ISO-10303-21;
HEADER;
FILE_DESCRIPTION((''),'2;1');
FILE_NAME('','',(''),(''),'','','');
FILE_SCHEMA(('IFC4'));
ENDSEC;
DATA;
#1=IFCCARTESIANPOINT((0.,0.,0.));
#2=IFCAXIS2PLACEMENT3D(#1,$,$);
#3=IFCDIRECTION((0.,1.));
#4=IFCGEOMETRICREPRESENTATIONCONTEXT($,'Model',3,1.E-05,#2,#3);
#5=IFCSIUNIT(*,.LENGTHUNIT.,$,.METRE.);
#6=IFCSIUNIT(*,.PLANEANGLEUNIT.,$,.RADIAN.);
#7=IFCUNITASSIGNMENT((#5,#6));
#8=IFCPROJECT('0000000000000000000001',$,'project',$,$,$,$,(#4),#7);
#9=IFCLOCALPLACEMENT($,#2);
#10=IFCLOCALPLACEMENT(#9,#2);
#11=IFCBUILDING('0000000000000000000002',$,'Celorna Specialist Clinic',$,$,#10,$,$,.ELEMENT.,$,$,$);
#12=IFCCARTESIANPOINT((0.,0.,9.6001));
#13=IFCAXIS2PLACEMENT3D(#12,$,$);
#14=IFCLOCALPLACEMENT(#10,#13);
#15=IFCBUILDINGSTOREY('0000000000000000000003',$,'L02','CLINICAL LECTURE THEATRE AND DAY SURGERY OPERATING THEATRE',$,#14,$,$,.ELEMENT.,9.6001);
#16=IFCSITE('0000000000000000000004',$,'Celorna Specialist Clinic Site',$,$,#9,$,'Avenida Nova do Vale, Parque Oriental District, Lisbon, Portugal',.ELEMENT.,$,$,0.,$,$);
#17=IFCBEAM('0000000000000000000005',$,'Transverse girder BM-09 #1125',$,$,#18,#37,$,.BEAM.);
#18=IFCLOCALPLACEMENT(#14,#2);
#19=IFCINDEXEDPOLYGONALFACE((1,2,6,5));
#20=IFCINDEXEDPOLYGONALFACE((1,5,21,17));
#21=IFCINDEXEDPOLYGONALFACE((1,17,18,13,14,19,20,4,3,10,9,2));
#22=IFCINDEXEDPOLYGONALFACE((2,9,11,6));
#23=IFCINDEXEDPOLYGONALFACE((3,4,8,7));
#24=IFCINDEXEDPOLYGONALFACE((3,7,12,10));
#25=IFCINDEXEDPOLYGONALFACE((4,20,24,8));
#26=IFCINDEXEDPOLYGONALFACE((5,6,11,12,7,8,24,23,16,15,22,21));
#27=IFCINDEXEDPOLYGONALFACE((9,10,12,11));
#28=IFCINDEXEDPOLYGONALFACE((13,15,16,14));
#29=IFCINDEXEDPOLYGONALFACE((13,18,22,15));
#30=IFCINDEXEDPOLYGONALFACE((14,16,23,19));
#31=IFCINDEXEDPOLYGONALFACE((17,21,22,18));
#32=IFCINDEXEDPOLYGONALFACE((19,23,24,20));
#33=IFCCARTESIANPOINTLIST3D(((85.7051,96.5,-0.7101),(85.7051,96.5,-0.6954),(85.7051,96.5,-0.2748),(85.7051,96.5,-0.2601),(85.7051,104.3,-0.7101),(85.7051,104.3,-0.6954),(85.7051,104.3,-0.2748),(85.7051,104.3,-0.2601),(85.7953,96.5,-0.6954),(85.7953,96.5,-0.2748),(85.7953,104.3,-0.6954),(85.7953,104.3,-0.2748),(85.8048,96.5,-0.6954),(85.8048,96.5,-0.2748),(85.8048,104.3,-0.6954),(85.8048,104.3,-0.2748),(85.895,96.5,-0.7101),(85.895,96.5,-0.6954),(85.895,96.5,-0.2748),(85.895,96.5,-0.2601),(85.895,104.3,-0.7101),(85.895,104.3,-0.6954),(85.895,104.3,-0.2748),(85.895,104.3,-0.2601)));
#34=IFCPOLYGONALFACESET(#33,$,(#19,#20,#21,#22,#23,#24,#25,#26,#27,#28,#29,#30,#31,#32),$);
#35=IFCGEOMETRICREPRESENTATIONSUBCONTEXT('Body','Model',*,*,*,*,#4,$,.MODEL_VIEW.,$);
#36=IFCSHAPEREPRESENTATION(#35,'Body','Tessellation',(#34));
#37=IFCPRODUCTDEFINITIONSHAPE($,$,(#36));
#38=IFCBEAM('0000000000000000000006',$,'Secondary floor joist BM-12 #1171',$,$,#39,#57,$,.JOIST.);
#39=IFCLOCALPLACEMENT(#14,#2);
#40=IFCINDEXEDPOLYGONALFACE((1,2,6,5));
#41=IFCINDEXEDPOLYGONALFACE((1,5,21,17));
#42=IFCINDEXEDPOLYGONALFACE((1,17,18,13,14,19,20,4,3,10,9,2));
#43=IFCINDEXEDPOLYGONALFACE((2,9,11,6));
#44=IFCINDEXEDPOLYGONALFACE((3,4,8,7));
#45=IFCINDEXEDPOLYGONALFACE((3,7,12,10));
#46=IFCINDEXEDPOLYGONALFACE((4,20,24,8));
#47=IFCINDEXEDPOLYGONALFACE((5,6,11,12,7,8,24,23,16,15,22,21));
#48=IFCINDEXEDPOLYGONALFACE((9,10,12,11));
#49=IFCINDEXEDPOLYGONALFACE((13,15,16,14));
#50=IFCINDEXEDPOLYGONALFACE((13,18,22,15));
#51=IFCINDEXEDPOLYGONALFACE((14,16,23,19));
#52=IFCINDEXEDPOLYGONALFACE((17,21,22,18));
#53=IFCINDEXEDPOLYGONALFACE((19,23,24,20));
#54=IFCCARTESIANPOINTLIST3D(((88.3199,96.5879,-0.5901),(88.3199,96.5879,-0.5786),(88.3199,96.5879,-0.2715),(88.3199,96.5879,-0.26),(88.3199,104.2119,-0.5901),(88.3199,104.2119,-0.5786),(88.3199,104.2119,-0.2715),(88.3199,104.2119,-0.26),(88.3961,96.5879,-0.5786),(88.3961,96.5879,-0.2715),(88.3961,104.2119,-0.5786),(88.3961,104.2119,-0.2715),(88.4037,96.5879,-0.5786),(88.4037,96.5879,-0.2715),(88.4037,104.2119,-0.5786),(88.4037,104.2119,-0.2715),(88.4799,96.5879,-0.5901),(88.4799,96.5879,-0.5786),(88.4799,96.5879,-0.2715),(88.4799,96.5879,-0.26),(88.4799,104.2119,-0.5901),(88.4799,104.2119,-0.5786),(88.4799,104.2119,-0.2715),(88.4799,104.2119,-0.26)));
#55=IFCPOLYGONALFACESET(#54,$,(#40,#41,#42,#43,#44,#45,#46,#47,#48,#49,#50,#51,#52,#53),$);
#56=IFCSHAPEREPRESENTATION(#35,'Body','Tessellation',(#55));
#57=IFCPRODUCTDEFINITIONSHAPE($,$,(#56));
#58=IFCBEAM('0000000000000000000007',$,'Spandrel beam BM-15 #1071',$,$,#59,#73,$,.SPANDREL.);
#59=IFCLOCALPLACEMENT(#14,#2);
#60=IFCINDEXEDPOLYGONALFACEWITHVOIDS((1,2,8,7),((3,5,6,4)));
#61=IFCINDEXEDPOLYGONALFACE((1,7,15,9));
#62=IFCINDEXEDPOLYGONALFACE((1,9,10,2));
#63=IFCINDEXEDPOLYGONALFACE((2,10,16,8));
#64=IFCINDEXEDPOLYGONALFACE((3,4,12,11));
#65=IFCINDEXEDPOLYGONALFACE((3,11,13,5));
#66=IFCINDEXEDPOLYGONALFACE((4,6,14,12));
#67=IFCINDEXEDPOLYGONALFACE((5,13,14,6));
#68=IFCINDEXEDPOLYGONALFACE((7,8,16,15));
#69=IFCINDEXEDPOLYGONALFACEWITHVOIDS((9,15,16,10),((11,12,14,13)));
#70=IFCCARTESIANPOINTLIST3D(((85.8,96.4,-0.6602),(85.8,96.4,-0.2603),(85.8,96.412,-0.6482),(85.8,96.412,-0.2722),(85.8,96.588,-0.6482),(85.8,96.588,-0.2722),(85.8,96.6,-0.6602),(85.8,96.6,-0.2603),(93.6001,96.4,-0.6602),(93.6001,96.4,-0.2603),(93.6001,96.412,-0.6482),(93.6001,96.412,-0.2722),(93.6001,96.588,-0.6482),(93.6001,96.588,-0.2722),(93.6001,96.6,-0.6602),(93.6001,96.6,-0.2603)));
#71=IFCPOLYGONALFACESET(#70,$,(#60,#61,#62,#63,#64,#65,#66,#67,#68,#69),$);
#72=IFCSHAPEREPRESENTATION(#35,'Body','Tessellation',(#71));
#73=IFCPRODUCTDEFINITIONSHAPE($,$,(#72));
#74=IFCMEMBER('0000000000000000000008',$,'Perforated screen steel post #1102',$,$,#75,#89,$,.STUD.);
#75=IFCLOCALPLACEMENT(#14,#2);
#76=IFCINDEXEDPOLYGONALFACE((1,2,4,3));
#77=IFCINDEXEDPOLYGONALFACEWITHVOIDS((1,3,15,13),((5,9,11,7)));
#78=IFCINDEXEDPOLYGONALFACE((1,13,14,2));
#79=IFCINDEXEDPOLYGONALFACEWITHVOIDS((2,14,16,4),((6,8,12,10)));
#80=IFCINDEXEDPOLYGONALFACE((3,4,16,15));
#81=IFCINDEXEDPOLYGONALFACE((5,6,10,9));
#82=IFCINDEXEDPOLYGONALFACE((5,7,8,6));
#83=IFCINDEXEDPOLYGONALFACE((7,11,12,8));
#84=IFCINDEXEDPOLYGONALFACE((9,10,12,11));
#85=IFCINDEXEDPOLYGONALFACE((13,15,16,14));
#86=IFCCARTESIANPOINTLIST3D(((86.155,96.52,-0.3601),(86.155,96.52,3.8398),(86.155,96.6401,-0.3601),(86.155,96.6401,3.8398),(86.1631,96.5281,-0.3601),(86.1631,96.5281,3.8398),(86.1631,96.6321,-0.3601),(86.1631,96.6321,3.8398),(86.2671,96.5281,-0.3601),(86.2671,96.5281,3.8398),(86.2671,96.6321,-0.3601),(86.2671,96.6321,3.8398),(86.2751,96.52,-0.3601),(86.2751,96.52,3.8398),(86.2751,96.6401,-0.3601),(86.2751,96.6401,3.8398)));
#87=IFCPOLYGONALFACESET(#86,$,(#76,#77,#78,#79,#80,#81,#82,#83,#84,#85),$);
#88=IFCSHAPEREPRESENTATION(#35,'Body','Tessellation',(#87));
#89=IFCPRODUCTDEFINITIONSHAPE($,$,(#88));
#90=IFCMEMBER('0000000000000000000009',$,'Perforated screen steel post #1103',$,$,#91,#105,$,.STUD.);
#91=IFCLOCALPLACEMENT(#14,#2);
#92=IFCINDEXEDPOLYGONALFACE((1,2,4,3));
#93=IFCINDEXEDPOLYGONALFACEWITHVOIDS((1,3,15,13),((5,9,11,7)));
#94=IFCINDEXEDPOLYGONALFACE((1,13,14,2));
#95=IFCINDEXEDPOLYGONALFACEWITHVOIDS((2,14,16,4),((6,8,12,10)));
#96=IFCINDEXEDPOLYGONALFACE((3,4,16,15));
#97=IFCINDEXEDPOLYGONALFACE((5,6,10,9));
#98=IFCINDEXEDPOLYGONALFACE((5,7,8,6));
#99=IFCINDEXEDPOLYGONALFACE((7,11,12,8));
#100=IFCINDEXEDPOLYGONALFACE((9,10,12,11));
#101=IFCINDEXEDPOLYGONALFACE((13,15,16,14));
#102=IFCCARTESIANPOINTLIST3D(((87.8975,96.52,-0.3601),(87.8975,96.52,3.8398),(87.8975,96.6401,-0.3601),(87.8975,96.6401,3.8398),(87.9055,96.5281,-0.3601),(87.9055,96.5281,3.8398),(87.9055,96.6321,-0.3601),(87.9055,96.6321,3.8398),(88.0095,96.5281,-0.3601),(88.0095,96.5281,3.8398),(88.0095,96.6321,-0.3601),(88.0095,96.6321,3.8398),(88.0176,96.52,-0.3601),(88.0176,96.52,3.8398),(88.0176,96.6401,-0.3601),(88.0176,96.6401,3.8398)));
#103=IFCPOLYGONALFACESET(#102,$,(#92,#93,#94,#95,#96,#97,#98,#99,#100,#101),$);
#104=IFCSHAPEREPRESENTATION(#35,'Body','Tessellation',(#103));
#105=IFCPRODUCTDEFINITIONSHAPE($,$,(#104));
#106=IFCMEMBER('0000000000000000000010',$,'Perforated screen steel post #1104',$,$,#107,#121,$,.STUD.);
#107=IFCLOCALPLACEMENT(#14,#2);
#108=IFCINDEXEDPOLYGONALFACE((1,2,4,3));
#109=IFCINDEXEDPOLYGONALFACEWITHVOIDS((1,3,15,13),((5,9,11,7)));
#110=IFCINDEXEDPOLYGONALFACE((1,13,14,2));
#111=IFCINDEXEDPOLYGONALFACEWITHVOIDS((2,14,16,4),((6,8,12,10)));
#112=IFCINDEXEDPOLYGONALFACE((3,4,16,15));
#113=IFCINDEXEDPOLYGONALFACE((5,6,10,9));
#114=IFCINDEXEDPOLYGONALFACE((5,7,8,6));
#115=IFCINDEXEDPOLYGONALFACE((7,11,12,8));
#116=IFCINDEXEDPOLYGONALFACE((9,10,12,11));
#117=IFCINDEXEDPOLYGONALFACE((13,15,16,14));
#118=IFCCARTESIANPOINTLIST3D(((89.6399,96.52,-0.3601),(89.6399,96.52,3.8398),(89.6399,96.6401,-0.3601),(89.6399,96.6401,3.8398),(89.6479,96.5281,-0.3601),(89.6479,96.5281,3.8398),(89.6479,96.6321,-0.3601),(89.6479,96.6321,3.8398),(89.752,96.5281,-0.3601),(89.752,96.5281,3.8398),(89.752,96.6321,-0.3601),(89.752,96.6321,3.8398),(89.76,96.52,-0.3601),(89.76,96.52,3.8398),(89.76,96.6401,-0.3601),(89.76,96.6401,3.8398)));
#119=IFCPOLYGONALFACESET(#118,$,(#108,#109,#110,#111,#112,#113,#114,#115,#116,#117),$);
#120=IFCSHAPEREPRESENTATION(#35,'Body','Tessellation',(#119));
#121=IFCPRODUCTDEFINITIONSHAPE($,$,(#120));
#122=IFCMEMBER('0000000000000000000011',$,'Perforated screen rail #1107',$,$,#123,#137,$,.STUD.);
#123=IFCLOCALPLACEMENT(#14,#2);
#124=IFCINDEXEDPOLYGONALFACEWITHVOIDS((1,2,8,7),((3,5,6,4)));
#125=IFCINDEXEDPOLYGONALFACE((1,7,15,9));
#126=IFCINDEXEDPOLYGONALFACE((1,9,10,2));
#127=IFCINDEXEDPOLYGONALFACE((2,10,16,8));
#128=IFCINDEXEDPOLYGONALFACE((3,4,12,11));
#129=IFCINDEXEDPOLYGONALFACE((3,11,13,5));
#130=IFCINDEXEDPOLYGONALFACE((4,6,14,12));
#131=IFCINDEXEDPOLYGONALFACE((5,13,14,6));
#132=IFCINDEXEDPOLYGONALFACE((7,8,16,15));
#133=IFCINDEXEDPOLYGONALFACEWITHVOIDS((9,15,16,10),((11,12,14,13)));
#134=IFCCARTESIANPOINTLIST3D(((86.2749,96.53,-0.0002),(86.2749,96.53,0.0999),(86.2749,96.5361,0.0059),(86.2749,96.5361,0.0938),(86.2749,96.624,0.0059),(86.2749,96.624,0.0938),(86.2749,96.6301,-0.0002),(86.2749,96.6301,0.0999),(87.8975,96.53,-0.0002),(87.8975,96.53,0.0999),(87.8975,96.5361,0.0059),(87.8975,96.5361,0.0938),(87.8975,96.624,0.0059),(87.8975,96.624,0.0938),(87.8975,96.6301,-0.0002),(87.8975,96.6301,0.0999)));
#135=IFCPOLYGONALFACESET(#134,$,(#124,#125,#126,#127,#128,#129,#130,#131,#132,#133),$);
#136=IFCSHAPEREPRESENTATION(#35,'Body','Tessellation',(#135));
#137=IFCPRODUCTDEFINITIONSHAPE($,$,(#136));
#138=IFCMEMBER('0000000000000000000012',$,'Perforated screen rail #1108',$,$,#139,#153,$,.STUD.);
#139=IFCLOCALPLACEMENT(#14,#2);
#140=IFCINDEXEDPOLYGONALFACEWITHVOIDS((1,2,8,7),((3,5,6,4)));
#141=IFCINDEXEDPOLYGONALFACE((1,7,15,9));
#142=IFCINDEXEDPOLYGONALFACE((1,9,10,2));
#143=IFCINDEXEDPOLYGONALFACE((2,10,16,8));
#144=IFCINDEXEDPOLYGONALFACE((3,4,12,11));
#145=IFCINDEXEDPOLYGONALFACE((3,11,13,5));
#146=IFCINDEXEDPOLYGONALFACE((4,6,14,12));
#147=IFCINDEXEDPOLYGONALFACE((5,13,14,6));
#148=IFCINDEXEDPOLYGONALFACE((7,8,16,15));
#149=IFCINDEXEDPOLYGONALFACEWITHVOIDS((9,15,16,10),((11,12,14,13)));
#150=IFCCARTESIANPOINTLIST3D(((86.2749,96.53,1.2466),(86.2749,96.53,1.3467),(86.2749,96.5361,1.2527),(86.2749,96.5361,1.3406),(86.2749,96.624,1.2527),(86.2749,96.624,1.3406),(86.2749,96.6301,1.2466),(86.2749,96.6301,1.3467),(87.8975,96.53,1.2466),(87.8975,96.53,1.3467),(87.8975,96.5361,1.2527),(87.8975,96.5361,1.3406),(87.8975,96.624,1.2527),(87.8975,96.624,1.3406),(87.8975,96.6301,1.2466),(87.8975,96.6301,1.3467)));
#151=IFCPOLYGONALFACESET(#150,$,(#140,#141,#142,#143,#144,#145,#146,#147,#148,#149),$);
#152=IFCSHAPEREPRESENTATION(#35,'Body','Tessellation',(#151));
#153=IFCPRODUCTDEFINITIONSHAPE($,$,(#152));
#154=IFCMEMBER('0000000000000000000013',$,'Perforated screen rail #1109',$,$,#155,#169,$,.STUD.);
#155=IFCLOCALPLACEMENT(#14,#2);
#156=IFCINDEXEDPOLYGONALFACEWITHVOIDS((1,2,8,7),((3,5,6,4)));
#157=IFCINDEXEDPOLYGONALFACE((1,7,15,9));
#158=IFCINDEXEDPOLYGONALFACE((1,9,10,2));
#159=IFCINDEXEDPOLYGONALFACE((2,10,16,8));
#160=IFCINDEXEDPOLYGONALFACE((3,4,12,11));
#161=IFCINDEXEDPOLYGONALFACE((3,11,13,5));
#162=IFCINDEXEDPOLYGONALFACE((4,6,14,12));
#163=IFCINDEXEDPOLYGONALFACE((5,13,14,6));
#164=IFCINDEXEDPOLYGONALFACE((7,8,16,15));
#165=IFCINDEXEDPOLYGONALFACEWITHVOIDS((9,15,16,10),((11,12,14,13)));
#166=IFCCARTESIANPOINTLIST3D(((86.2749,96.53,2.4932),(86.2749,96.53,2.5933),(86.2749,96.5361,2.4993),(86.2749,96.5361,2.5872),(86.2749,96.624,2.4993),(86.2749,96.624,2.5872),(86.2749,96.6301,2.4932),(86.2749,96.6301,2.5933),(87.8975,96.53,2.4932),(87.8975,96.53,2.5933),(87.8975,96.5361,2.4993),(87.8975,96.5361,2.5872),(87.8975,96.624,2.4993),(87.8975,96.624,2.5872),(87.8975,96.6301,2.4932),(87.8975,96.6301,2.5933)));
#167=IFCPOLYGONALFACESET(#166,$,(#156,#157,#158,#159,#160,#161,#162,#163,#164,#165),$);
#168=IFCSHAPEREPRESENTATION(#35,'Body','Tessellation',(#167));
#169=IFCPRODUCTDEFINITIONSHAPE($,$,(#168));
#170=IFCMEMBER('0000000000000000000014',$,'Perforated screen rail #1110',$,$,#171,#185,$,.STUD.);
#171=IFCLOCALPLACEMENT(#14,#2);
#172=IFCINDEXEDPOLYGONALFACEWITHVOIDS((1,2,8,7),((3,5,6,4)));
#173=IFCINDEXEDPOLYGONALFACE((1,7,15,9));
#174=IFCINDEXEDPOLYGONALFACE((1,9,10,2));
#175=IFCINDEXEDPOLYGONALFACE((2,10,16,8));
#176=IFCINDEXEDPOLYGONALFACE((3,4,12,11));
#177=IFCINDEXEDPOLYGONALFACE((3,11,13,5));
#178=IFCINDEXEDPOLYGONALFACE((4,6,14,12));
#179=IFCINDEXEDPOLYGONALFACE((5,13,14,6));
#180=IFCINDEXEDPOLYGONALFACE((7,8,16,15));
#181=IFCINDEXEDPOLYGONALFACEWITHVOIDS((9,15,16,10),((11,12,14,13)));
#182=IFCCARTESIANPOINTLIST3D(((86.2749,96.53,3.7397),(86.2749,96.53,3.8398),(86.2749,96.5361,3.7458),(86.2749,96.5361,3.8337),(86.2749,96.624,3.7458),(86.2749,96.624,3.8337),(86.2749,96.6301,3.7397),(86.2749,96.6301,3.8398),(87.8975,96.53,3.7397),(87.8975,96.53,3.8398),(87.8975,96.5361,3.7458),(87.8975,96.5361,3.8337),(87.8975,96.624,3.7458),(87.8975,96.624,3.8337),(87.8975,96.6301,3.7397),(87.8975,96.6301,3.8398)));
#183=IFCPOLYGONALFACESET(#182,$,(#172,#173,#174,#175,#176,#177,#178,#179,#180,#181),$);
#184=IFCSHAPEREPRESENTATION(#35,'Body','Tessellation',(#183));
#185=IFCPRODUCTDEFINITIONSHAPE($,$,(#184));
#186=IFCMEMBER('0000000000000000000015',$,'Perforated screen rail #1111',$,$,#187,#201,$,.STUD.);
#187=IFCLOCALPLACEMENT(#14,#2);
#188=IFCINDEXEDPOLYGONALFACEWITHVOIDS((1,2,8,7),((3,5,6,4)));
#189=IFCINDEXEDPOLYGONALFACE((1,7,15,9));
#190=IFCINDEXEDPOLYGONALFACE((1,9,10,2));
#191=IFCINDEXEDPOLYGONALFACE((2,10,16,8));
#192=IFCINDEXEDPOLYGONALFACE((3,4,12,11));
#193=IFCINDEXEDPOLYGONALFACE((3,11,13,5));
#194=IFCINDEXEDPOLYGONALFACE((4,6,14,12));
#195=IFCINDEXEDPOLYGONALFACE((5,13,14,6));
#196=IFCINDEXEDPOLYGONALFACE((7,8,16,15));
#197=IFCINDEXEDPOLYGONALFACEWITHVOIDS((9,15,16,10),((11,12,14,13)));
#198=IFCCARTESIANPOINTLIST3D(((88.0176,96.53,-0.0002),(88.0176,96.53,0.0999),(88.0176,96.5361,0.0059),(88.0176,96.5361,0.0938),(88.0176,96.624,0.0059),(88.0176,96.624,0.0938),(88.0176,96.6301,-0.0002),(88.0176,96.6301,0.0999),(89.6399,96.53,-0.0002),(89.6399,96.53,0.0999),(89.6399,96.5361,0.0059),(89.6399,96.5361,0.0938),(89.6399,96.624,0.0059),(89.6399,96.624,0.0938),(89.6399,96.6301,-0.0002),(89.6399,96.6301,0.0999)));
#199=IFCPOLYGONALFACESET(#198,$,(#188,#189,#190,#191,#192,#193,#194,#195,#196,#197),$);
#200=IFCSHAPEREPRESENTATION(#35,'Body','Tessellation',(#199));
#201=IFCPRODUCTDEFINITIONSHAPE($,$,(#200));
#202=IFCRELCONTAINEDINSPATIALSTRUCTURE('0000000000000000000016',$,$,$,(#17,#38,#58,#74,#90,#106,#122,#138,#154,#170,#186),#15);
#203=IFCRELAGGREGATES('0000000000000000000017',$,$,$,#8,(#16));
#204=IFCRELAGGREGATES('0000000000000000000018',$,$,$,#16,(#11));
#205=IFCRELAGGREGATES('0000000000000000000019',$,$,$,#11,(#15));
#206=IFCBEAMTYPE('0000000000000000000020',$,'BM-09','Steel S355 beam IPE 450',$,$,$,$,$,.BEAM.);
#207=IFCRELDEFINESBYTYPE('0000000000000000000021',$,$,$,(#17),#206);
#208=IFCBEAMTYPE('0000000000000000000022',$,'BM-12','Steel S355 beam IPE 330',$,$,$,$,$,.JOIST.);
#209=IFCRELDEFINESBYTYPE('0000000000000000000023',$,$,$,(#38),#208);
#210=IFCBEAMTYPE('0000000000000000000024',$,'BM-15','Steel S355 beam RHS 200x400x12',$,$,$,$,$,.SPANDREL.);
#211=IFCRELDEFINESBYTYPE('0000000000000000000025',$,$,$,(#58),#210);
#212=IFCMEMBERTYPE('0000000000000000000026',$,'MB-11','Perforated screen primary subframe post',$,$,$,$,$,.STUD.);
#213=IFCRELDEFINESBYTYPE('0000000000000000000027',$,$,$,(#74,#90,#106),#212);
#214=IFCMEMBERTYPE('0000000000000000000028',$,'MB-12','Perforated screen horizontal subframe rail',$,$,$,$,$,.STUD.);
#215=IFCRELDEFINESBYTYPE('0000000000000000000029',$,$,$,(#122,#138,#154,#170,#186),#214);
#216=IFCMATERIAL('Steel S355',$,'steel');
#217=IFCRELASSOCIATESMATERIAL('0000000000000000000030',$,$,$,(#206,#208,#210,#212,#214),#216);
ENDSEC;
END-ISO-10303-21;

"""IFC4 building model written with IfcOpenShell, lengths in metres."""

from ifc_helpers import new_model, si_unit, direction, frame, origin, origin_2d, place, context, subcontext, project, spatial, hollow_rectangle, i_section, extrude, material, material_profile, profile_set, type_object, element, save


model = new_model("IFC4")

# Units and contexts
model_context = context("Model", 3, precision=1e-05, world=origin(), true_north=direction((0.0, 1.0)))
body_context = subcontext(model_context, "Body", "Model", "MODEL_VIEW")
ifc_project = project(units=[si_unit("LENGTHUNIT", "METRE"), si_unit("PLANEANGLEUNIT", "RADIAN")], contexts=[model_context])

# Site, building, storey
site_placement = place(None, origin())
site = spatial("IfcSite", under=ifc_project, at=site_placement, Name="Celorna Specialist Clinic Site", LongName="Avenida Nova do Vale, Parque Oriental District, Lisbon, Portugal", CompositionType="ELEMENT", RefElevation=0.0)
building_placement = place(site_placement, origin())
building = spatial("IfcBuilding", under=site, at=building_placement, Name="Celorna Specialist Clinic", CompositionType="ELEMENT")
storey_placement = place(building_placement, frame((0.0, 0.0, 9.6001)))
storey = spatial("IfcBuildingStorey", under=building, at=storey_placement, Name="L02", Description="CLINICAL LECTURE THEATRE AND DAY SURGERY OPERATING THEATRE", CompositionType="ELEMENT", Elevation=9.6001)

# Beams
ifc_material_1 = material(Name="Steel S355", Category="steel")
ifc_material_profile_1 = material_profile(ifc_material_1, i_section(OverallWidth=0.1899, OverallDepth=0.45, WebThickness=0.0095, FlangeThickness=0.0146, at=origin_2d()), Name="IPE 450")
ifc_profile_set_1 = profile_set([ifc_material_profile_1], Name="Steel S355")
beam_type_1 = type_object("IfcBeamType", Name="BM-09", Description="Steel S355 beam IPE 450", PredefinedType="BEAM", material=ifc_profile_set_1)
beam_1_placement = place(storey_placement, frame((85.8, 96.5, -0.4851), z_axis=(0.0, 1.0, 0.0), x_axis=(-1.0, 0.0, 0.0)))
element("IfcBeam", 1, at=beam_1_placement, inside=storey, type_object=beam_type_1, Name="Transverse girder BM-09 #1125", PredefinedType="BEAM", context=body_context, shape_type="SweptSolid", body=[
    extrude(i_section(OverallWidth=0.1899, OverallDepth=0.45, WebThickness=0.0095, FlangeThickness=0.0146, at=origin_2d()), origin(), (0.0, 0.0, 1.0), 7.8),
])
ifc_material_profile_2 = material_profile(ifc_material_1, i_section(OverallWidth=0.1599, OverallDepth=0.3301, WebThickness=0.0076, FlangeThickness=0.0115, at=origin_2d()), Name="IPE 330")
ifc_profile_set_2 = profile_set([ifc_material_profile_2], Name="Steel S355")
beam_type_2 = type_object("IfcBeamType", Name="BM-12", Description="Steel S355 beam IPE 330", PredefinedType="JOIST", material=ifc_profile_set_2)
beam_2_placement = place(storey_placement, frame((88.3999, 96.5879, -0.425), z_axis=(0.0, 1.0, 0.0), x_axis=(-1.0, 0.0, 0.0)))
element("IfcBeam", 2, at=beam_2_placement, inside=storey, type_object=beam_type_2, Name="Secondary floor joist BM-12 #1171", PredefinedType="JOIST", context=body_context, shape_type="SweptSolid", body=[
    extrude(i_section(OverallWidth=0.1599, OverallDepth=0.3301, WebThickness=0.0076, FlangeThickness=0.0115, at=origin_2d()), origin(), (0.0, 0.0, 1.0), 7.624),
])
ifc_material_profile_3 = material_profile(ifc_material_1, hollow_rectangle(XDim=0.2, YDim=0.3999, WallThickness=0.012, at=origin_2d()), Name="RHS 200x400x12")
ifc_profile_set_3 = profile_set([ifc_material_profile_3], Name="Steel S355")
beam_type_3 = type_object("IfcBeamType", Name="BM-15", Description="Steel S355 beam RHS 200x400x12", PredefinedType="SPANDREL", material=ifc_profile_set_3)
beam_3_placement = place(storey_placement, frame((85.8, 96.5, -0.4602), z_axis=(1.0, 0.0, 0.0), x_axis=(0.0, 1.0, 0.0)))
element("IfcBeam", 3, at=beam_3_placement, inside=storey, type_object=beam_type_3, Name="Spandrel beam BM-15 #1071", PredefinedType="SPANDREL", context=body_context, shape_type="SweptSolid", body=[
    extrude(hollow_rectangle(XDim=0.2, YDim=0.3999, WallThickness=0.012, at=origin_2d()), origin(), (0.0, 0.0, 1.0), 7.8),
])

# Members
ifc_material_profile_4 = material_profile(ifc_material_1, hollow_rectangle(XDim=0.1201, YDim=0.1201, WallThickness=0.0081, at=origin_2d()), Name="SHS 120x120x8")
ifc_profile_set_4 = profile_set([ifc_material_profile_4], Name="Steel S355")
member_type_1 = type_object("IfcMemberType", Name="MB-11", Description="Perforated screen primary subframe post", PredefinedType="STUD", material=ifc_profile_set_4)
for number, where, z_axis, x_axis, name in (
    (4, (86.2151, 96.5801, -0.3601), (0.0, 0.0, 1.0), (1.0, 0.0, 0.0), "Perforated screen steel post #1102"),
    (5, (87.9575, 96.5801, -0.3601), (0.0, 0.0, 1.0), (1.0, 0.0, 0.0), "Perforated screen steel post #1103"),
    (6, (89.7, 96.5801, -0.3601), (0.0, 0.0, 1.0), (1.0, 0.0, 0.0), "Perforated screen steel post #1104"),
):
    element("IfcMember", number, at=place(storey_placement, frame(where, z_axis=z_axis, x_axis=x_axis)), inside=storey, type_object=member_type_1, Name=name, PredefinedType="STUD", context=body_context, shape_type="SweptSolid", body=[
        extrude(hollow_rectangle(XDim=0.1201, YDim=0.1201, WallThickness=0.0081, at=origin_2d()), origin(), (0.0, 0.0, 1.0), 4.2),
    ])
ifc_material_profile_5 = material_profile(ifc_material_1, hollow_rectangle(XDim=0.1001, YDim=0.1001, WallThickness=0.0061, at=origin_2d()), Name="SHS 100x100x6")
ifc_profile_set_5 = profile_set([ifc_material_profile_5], Name="Steel S355")
member_type_2 = type_object("IfcMemberType", Name="MB-12", Description="Perforated screen horizontal subframe rail", PredefinedType="STUD", material=ifc_profile_set_5)
for number, where, z_axis, x_axis, name in (
    (7, (86.2749, 96.5801, 0.0498), (1.0, 0.0, 0.0), (0.0, 1.0, 0.0), "Perforated screen rail #1107"),
    (8, (86.2749, 96.5801, 1.2966), (1.0, 0.0, 0.0), (0.0, 1.0, 0.0), "Perforated screen rail #1108"),
    (9, (86.2749, 96.5801, 2.5432), (1.0, 0.0, 0.0), (0.0, 1.0, 0.0), "Perforated screen rail #1109"),
    (10, (86.2749, 96.5801, 3.7898), (1.0, 0.0, 0.0), (0.0, 1.0, 0.0), "Perforated screen rail #1110"),
):
    element("IfcMember", number, at=place(storey_placement, frame(where, z_axis=z_axis, x_axis=x_axis)), inside=storey, type_object=member_type_2, Name=name, PredefinedType="STUD", context=body_context, shape_type="SweptSolid", body=[
        extrude(hollow_rectangle(XDim=0.1001, YDim=0.1001, WallThickness=0.0061, at=origin_2d()), origin(), (0.0, 0.0, 1.0), 1.6226),
    ])
for number, where, z_axis, x_axis, name in (
    (11, (88.0176, 96.5801, 0.0498), (1.0, 0.0, 0.0), (0.0, 1.0, 0.0), "Perforated screen rail #1111"),
):
    element("IfcMember", number, at=place(storey_placement, frame(where, z_axis=z_axis, x_axis=x_axis)), inside=storey, type_object=member_type_2, Name=name, PredefinedType="STUD", context=body_context, shape_type="SweptSolid", body=[
        extrude(hollow_rectangle(XDim=0.1001, YDim=0.1001, WallThickness=0.0061, at=origin_2d()), origin(), (0.0, 0.0, 1.0), 1.6223),
    ])

save(model, "model.ifc")
